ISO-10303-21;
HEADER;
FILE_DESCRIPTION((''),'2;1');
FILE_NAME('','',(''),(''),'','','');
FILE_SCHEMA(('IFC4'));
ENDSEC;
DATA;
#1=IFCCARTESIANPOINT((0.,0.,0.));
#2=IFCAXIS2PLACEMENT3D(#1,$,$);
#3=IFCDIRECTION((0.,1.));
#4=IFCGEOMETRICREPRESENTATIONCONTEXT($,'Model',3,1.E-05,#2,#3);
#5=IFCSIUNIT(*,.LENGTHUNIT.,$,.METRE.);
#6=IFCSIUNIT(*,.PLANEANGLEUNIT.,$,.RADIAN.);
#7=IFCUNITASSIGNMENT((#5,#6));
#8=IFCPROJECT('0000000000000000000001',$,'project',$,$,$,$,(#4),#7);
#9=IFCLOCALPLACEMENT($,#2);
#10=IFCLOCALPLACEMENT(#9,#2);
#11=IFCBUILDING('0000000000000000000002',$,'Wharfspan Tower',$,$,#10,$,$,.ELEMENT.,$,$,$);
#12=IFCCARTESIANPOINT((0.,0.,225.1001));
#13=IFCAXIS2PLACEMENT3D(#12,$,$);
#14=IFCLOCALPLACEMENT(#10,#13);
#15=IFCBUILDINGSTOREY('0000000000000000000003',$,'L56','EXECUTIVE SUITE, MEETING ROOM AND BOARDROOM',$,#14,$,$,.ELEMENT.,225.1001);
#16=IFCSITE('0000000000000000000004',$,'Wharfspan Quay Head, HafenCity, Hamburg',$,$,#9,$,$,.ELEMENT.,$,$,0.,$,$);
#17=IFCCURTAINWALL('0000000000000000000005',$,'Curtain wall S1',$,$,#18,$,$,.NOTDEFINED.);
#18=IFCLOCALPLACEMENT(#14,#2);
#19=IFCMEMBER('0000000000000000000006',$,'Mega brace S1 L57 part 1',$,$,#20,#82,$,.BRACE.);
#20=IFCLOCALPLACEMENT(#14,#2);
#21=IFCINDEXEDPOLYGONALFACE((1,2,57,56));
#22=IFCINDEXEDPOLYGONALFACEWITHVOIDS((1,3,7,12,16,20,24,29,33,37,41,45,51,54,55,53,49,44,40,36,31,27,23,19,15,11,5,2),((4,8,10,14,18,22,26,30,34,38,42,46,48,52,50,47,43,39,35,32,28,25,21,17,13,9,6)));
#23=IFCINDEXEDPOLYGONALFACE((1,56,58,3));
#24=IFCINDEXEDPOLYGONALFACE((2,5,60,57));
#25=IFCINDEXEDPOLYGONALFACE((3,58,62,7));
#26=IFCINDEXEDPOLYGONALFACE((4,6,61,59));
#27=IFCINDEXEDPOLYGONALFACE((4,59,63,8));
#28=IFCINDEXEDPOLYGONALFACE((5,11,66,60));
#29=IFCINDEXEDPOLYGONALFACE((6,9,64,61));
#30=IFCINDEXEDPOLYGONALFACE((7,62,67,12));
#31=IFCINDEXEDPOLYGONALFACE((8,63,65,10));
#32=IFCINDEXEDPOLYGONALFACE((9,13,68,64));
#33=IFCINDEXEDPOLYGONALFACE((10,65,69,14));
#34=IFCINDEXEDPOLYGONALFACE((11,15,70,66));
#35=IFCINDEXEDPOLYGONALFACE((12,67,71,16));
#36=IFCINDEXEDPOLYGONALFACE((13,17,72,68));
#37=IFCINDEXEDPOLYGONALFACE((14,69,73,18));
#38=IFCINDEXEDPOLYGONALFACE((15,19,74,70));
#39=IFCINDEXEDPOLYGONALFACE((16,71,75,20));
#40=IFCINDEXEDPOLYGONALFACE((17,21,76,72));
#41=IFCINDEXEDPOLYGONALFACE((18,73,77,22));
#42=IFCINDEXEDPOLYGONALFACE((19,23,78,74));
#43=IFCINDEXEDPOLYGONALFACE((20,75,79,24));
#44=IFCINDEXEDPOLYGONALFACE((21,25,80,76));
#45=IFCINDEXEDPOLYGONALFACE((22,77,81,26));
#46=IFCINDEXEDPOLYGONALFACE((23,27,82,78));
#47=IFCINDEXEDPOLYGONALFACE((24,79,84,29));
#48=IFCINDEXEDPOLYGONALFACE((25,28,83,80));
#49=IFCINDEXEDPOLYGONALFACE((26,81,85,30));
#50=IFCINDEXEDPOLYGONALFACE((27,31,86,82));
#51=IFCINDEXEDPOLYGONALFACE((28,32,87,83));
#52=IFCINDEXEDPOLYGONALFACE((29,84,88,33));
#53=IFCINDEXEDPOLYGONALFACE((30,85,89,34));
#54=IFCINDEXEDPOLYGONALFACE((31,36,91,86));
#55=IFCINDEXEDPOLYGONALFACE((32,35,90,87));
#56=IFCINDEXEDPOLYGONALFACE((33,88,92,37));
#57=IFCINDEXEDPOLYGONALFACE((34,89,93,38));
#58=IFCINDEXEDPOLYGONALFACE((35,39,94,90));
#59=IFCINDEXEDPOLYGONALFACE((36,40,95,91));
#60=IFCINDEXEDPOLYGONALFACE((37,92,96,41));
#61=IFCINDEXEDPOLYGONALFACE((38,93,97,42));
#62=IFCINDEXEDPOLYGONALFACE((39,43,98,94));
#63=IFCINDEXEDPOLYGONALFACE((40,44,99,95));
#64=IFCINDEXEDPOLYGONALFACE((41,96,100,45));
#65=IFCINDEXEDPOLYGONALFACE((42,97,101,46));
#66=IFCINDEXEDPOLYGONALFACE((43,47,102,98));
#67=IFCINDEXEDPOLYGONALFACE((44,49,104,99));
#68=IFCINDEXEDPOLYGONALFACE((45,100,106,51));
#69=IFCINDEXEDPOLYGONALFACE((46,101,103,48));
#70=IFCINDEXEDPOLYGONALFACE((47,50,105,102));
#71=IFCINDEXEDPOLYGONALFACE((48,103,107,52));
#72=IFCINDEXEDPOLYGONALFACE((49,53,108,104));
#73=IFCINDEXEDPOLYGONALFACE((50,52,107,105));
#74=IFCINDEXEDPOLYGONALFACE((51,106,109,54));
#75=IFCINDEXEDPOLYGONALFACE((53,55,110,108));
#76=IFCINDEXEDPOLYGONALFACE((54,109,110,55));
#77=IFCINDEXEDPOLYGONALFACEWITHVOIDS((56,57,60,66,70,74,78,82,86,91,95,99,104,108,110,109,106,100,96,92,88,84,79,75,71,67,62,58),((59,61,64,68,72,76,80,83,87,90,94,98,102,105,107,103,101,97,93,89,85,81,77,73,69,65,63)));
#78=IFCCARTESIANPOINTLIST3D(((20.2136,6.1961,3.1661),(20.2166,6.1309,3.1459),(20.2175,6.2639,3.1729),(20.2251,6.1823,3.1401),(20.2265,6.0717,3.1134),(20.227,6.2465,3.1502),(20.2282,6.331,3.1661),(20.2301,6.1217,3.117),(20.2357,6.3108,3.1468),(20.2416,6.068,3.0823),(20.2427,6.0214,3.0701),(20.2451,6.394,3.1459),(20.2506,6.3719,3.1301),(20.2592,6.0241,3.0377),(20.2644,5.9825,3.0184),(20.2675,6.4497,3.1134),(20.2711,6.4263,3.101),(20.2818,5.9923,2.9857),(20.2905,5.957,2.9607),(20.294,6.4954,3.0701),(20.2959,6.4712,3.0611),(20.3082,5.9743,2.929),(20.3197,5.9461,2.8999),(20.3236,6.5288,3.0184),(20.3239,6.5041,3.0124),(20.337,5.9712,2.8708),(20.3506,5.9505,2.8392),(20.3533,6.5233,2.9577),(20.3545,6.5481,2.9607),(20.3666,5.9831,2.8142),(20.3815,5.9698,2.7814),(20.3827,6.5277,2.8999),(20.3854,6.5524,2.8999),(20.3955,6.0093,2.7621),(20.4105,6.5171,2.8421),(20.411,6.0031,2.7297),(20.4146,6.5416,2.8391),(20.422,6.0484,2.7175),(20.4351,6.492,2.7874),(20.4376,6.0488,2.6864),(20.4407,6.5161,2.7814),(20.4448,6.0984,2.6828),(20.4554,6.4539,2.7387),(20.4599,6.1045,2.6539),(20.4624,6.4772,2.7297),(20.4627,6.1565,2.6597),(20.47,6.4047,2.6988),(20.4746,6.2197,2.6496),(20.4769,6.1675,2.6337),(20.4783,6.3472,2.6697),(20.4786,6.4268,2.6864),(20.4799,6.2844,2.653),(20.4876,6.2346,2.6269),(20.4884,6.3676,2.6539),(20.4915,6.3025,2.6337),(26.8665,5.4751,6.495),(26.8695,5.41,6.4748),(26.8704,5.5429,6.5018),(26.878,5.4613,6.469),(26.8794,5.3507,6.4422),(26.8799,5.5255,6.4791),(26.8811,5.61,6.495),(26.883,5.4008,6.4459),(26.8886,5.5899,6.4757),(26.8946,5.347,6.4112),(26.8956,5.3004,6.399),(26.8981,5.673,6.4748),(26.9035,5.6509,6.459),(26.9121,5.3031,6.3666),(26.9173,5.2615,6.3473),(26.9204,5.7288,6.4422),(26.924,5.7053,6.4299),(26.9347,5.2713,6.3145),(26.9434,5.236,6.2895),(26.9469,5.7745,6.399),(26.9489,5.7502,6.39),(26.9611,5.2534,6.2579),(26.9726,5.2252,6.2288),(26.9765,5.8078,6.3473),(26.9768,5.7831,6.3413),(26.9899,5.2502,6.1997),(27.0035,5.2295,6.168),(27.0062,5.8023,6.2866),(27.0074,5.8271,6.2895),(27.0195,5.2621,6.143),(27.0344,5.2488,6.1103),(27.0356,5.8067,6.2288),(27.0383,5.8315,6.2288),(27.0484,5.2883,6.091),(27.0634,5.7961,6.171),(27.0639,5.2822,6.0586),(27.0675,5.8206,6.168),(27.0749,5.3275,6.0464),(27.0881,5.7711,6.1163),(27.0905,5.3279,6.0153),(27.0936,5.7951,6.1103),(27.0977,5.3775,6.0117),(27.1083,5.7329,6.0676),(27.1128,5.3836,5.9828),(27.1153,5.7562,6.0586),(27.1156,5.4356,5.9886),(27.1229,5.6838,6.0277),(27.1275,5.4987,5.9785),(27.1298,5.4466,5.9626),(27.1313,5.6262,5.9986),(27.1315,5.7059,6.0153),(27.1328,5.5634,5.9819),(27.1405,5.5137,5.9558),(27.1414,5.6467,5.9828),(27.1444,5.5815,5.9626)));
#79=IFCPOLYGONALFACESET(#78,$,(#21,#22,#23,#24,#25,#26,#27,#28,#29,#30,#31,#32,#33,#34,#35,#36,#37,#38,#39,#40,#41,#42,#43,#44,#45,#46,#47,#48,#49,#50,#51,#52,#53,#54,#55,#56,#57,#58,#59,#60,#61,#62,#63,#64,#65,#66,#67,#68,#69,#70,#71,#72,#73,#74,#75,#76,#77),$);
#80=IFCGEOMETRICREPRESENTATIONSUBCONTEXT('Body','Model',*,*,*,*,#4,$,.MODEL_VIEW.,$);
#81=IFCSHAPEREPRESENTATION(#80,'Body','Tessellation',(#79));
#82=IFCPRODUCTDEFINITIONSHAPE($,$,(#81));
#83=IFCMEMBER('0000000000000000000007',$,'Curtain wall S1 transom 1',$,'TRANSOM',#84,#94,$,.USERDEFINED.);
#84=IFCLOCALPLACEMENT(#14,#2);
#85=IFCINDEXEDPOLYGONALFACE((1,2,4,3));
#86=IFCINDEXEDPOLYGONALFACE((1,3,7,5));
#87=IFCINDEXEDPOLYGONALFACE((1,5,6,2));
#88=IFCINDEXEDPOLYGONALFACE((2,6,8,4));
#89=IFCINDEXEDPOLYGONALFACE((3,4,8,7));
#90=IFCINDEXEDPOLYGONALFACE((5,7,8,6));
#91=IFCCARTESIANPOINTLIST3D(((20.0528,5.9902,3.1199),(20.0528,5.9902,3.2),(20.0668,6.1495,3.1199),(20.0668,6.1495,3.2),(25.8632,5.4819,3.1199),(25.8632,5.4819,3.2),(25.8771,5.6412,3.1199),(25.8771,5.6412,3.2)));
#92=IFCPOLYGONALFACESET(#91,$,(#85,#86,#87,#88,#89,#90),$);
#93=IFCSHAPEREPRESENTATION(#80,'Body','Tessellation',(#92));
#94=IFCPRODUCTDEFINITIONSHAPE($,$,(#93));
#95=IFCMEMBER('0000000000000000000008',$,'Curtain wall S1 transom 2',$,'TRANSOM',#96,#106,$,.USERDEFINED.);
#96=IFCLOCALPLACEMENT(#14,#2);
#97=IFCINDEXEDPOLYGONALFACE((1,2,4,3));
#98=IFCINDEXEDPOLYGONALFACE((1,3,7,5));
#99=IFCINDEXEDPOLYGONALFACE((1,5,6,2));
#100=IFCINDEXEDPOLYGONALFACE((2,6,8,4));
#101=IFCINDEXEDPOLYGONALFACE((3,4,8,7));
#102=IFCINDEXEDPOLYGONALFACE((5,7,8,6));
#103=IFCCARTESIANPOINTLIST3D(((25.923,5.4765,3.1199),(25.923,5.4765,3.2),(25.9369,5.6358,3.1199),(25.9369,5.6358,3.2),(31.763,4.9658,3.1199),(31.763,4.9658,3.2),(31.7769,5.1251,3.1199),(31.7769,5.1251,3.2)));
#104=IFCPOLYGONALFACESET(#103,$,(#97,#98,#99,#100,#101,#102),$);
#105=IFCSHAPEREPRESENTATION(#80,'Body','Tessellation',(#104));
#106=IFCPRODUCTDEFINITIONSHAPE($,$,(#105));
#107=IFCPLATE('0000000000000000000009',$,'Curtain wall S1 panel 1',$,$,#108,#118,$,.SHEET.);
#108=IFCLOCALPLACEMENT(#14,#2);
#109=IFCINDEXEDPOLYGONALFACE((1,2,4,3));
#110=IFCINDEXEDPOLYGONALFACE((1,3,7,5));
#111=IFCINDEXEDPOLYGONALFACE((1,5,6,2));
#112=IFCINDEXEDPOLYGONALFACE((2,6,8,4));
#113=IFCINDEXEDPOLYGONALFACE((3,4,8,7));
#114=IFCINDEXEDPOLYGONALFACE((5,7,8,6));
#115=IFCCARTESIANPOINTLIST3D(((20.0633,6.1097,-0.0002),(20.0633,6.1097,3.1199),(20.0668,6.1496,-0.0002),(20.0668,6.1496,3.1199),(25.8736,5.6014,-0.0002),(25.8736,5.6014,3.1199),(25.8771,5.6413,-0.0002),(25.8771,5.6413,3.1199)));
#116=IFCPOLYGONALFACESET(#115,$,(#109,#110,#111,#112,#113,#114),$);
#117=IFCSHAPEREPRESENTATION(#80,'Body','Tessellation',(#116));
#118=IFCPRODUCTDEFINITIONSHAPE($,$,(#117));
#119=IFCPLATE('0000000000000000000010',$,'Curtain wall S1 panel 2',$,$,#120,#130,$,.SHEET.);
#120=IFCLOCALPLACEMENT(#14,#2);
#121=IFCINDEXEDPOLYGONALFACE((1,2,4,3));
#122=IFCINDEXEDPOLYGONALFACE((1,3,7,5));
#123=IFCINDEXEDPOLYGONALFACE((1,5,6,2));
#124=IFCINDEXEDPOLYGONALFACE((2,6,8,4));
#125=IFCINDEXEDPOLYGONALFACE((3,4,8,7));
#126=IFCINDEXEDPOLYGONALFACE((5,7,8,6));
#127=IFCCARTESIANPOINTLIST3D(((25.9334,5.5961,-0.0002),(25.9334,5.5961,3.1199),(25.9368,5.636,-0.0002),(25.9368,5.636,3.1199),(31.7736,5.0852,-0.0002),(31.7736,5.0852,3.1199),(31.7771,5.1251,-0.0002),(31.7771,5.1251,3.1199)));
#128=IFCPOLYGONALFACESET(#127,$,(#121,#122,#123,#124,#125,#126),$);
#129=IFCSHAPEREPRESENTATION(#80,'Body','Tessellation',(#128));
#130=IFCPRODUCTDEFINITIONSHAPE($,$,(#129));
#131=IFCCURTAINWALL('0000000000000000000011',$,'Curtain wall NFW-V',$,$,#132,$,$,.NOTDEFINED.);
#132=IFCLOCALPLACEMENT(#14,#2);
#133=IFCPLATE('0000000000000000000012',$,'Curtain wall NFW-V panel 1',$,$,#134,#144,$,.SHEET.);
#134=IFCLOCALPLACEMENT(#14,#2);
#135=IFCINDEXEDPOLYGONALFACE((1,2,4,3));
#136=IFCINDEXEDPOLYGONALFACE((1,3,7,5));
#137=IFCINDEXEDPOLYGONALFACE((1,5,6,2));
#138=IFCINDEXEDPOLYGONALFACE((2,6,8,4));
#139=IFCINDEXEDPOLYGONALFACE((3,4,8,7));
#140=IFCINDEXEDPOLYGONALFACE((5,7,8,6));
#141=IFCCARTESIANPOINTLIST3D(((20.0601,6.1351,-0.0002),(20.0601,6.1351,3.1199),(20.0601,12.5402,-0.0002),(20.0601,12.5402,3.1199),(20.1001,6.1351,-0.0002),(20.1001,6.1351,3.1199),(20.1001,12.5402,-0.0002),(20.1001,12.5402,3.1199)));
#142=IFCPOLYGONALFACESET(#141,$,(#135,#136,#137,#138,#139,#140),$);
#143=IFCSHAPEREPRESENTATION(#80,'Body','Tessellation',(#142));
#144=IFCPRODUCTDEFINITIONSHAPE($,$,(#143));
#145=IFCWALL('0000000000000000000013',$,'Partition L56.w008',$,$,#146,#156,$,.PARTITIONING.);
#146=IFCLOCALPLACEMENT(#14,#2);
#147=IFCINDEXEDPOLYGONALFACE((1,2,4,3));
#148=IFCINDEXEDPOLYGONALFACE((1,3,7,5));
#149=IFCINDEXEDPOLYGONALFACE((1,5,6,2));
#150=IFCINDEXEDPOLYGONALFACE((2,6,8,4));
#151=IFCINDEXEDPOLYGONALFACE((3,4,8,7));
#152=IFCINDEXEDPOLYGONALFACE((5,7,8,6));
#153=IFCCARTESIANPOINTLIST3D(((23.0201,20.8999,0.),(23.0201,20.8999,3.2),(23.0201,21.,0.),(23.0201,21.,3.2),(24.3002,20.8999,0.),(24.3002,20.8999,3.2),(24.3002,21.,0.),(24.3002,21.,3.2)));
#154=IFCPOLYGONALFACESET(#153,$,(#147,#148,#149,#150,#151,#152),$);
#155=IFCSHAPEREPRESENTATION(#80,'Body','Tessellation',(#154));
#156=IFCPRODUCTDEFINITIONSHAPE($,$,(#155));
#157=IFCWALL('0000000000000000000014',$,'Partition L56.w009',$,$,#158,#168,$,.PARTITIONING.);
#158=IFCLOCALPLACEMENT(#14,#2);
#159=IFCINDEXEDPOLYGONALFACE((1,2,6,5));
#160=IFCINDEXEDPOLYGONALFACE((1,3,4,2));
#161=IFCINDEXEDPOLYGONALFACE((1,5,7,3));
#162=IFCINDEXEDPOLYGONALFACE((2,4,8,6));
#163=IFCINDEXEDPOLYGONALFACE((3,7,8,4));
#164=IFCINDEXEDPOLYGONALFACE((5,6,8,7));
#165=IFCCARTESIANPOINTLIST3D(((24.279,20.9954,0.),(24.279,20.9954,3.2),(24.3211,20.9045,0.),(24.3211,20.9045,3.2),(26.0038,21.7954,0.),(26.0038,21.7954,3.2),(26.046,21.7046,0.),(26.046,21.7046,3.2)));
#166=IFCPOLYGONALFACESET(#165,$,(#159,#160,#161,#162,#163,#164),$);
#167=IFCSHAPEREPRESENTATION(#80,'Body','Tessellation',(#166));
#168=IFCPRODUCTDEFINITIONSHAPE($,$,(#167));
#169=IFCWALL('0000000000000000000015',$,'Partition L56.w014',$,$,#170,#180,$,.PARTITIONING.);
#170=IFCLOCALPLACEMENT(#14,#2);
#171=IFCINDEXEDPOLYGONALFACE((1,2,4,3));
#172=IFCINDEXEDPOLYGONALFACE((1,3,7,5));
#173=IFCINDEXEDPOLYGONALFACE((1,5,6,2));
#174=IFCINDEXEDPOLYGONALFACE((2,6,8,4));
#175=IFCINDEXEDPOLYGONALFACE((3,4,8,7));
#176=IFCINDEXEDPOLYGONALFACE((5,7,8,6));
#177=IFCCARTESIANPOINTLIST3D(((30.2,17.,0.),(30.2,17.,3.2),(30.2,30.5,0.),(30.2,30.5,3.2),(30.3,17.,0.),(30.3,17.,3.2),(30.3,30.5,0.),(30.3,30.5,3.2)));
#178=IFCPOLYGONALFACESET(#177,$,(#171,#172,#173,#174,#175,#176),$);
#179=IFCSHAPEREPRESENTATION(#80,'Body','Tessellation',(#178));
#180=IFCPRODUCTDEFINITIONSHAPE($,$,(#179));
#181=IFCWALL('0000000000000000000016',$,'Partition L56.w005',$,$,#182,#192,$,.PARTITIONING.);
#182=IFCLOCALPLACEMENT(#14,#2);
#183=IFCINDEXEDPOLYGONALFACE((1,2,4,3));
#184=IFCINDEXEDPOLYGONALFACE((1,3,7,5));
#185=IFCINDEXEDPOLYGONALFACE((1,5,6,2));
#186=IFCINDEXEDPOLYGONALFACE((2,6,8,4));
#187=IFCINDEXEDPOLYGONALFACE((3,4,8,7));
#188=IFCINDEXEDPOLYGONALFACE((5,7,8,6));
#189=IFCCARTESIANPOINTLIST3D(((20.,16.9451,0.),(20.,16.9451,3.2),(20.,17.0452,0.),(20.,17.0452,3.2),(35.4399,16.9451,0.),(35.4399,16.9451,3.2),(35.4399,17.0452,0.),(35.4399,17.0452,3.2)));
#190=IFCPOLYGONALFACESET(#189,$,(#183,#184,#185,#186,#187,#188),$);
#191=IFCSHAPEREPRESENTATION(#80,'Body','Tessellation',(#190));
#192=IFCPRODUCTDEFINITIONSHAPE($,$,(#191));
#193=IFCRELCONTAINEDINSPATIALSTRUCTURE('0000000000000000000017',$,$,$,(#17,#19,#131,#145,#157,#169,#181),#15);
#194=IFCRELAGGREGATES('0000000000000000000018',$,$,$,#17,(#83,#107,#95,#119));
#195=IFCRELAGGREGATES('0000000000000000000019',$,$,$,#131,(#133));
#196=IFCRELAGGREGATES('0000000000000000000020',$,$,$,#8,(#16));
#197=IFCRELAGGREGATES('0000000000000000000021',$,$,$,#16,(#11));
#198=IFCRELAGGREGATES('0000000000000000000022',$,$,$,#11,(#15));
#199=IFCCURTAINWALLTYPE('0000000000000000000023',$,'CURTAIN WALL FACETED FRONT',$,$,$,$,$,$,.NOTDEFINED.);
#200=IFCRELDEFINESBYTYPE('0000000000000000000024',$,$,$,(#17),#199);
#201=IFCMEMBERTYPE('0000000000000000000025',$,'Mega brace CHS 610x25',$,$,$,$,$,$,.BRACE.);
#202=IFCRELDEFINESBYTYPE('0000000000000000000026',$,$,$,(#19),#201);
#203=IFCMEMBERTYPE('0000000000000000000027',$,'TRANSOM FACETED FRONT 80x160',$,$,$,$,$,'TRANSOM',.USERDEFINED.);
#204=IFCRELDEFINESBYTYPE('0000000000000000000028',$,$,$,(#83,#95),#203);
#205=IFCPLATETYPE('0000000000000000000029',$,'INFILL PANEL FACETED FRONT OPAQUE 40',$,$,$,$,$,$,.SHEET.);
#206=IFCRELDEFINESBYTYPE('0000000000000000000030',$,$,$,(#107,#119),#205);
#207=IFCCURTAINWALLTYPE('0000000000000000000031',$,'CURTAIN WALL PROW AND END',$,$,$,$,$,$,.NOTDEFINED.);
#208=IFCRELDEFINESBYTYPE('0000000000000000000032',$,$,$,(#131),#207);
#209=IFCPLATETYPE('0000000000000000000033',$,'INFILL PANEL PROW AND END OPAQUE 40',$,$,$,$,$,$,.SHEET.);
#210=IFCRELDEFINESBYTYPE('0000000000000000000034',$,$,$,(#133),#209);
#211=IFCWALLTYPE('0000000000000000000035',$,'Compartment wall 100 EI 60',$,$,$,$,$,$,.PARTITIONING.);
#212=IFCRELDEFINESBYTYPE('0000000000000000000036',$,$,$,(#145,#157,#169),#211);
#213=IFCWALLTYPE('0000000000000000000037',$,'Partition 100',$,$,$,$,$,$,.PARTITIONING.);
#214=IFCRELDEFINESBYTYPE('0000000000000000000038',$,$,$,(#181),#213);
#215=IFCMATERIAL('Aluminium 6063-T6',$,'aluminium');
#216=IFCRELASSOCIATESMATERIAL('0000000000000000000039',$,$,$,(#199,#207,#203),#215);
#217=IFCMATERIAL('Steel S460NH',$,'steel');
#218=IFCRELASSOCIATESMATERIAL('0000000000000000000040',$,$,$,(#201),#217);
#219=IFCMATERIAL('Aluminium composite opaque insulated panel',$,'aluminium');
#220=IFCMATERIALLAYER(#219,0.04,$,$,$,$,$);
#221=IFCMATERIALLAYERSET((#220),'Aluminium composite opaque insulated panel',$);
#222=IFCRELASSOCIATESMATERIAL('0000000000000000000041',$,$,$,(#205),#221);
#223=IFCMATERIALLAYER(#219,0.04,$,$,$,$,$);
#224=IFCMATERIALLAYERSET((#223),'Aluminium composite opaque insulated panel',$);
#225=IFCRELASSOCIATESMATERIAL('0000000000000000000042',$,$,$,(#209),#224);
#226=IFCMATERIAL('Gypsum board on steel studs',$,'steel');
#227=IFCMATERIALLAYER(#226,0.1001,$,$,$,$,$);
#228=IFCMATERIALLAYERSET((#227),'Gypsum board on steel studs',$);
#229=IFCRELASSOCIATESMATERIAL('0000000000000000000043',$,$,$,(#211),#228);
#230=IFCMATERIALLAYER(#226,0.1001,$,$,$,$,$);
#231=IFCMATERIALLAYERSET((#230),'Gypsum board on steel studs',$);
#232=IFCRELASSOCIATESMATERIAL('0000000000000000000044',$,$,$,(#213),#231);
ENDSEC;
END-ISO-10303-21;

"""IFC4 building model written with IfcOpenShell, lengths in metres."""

from ifc_helpers import new_model, si_unit, direction, frame, frame_2d, origin, origin_2d, place, context, subcontext, project, spatial, rectangle, hollow_circle, extrude, material, layer, layer_set, material_profile, profile_set, type_object, element, aggregate, save


model = new_model("IFC4")

# Units and contexts
model_context = context("Model", 3, precision=1e-05, world=origin(), true_north=direction((0.0, 1.0)))
body_context = subcontext(model_context, "Body", "Model", "MODEL_VIEW")
ifc_project = project(units=[si_unit("LENGTHUNIT", "METRE"), si_unit("PLANEANGLEUNIT", "RADIAN")], contexts=[model_context])

# Site, building, storey
site_placement = place(None, origin())
site = spatial("IfcSite", under=ifc_project, at=site_placement, Name="Wharfspan Quay Head, HafenCity, Hamburg", CompositionType="ELEMENT", RefElevation=0.0)
building_placement = place(site_placement, origin())
building = spatial("IfcBuilding", under=site, at=building_placement, Name="Wharfspan Tower", CompositionType="ELEMENT")
storey_placement = place(building_placement, frame((0.0, 0.0, 225.1001)))
storey = spatial("IfcBuildingStorey", under=building, at=storey_placement, Name="L56", Description="EXECUTIVE SUITE, MEETING ROOM AND BOARDROOM", CompositionType="ELEMENT", Elevation=225.1001)

# Curtain wall
ifc_material_1 = material(Name="Aluminium 6063-T6", Category="aluminium")
curtain_wall_type_1 = type_object("IfcCurtainWallType", Name="CURTAIN WALL FACETED FRONT", PredefinedType="NOTDEFINED", material=ifc_material_1)
curtain_wall_1_placement = place(storey_placement, origin())
curtain_wall_1 = element("IfcCurtainWall", 1, at=curtain_wall_1_placement, inside=storey, type_object=curtain_wall_type_1, Name="Curtain wall S1", PredefinedType="NOTDEFINED")

# Members
ifc_material_2 = material(Name="Steel S460NH", Category="steel")
ifc_material_profile_1 = material_profile(ifc_material_2, hollow_circle(Radius=0.3049, WallThickness=0.0249, at=origin_2d()))
ifc_profile_set_1 = profile_set([ifc_material_profile_1], Name="Steel S460NH")
member_type_1 = type_object("IfcMemberType", Name="Mega brace CHS 610x25", PredefinedType="BRACE", material=ifc_profile_set_1)
member_1_placement = place(storey_placement, frame((20.3525, 6.2493, 2.8999), z_axis=(0.890126, -0.09646, 0.445389), x_axis=(0.107737, 0.99418, -0.000002)))
element("IfcMember", 2, at=member_1_placement, inside=storey, type_object=member_type_1, Name="Mega brace S1 L57 part 1", PredefinedType="BRACE", context=body_context, shape_type="SweptSolid", body=[
    extrude(hollow_circle(Radius=0.3049, WallThickness=0.0249, at=origin_2d()), origin(), (0.0, 0.0, 1.0), 7.4741),
])
ifc_material_profile_2 = material_profile(ifc_material_1, rectangle(XDim=0.1599, YDim=0.0801, at=origin_2d()))
ifc_profile_set_2 = profile_set([ifc_material_profile_2], Name="Aluminium 6063-T6")
member_type_2 = type_object("IfcMemberType", Name="TRANSOM FACETED FRONT 80x160", ElementType="TRANSOM", PredefinedType="USERDEFINED", material=ifc_profile_set_2)
member_2_placement = place(storey_placement, frame((20.0598, 6.0698, 3.1599), z_axis=(0.996195, -0.08715, 0.0), x_axis=(0.08715, 0.996195, 0.0)))
member_2 = element("IfcMember", 3, at=member_2_placement, type_object=member_type_2, Name="Curtain wall S1 transom 1", ObjectType="TRANSOM", PredefinedType="USERDEFINED", context=body_context, shape_type="SweptSolid", body=[
    extrude(rectangle(XDim=0.1599, YDim=0.0801, at=origin_2d()), origin(), (0.0, 0.0, 1.0), 5.8325),
])
member_3_placement = place(storey_placement, frame((25.9299, 5.5562, 3.1599), z_axis=(0.996198, -0.087122, 0.0), x_axis=(0.087122, 0.996198, 0.0)))
member_3 = element("IfcMember", 4, at=member_3_placement, type_object=member_type_2, Name="Curtain wall S1 transom 2", ObjectType="TRANSOM", PredefinedType="USERDEFINED", context=body_context, shape_type="SweptSolid", body=[
    extrude(rectangle(XDim=0.1599, YDim=0.0801, at=origin_2d()), origin(), (0.0, 0.0, 1.0), 5.8623),
])

# Plates
ifc_material_3 = material(Name="Aluminium composite opaque insulated panel", Category="aluminium")
ifc_layer_1 = layer(ifc_material_3, 0.04)
ifc_layer_set_1 = layer_set([ifc_layer_1], Name="Aluminium composite opaque insulated panel")
plate_type_1 = type_object("IfcPlateType", Name="INFILL PANEL FACETED FRONT OPAQUE 40", PredefinedType="SHEET", material=ifc_layer_set_1)
plate_1_placement = place(storey_placement, frame((22.9702, 5.8755, -0.0002), z_axis=(0.0, 0.0, 1.0), x_axis=(0.996197, -0.087156, 0.0)))
plate_1 = element("IfcPlate", 5, at=plate_1_placement, type_object=plate_type_1, Name="Curtain wall S1 panel 1", PredefinedType="SHEET", context=body_context, shape_type="SweptSolid", body=[
    extrude(rectangle(XDim=5.8325, YDim=0.04, at=origin_2d()), origin(), (0.0, 0.0, 1.0), 3.1201),
])
plate_2_placement = place(storey_placement, frame((28.8552, 5.3606, -0.0002), z_axis=(0.0, 0.0, 1.0), x_axis=(0.996197, -0.087156, 0.0)))
plate_2 = element("IfcPlate", 6, at=plate_2_placement, type_object=plate_type_1, Name="Curtain wall S1 panel 2", PredefinedType="SHEET", context=body_context, shape_type="SweptSolid", body=[
    extrude(rectangle(XDim=5.8625, YDim=0.04, at=origin_2d()), origin(), (0.0, 0.0, 1.0), 3.1201),
])
aggregate(curtain_wall_1, [member_2, plate_1, member_3, plate_2])

# Curtain wall, plate
curtain_wall_type_2 = type_object("IfcCurtainWallType", Name="CURTAIN WALL PROW AND END", PredefinedType="NOTDEFINED", material=ifc_material_1)
curtain_wall_2_placement = place(storey_placement, origin())
curtain_wall_2 = element("IfcCurtainWall", 7, at=curtain_wall_2_placement, inside=storey, type_object=curtain_wall_type_2, Name="Curtain wall NFW-V", PredefinedType="NOTDEFINED")
ifc_layer_2 = layer(ifc_material_3, 0.04)
ifc_layer_set_2 = layer_set([ifc_layer_2], Name="Aluminium composite opaque insulated panel")
plate_type_2 = type_object("IfcPlateType", Name="INFILL PANEL PROW AND END OPAQUE 40", PredefinedType="SHEET", material=ifc_layer_set_2)
plate_3_placement = place(storey_placement, frame((20.0801, 9.3376, -0.0002), z_axis=(0.0, 0.0, 1.0), x_axis=(0.0, -1.0, 0.0)))
plate_3 = element("IfcPlate", 8, at=plate_3_placement, type_object=plate_type_2, Name="Curtain wall NFW-V panel 1", PredefinedType="SHEET", context=body_context, shape_type="SweptSolid", body=[
    extrude(rectangle(XDim=6.405, YDim=0.04, at=origin_2d()), origin(), (0.0, 0.0, 1.0), 3.1201),
])
aggregate(curtain_wall_2, [plate_3])

# Walls
ifc_material_4 = material(Name="Gypsum board on steel studs", Category="steel")
ifc_layer_3 = layer(ifc_material_4, 0.1001)
ifc_layer_set_3 = layer_set([ifc_layer_3], Name="Gypsum board on steel studs")
wall_type_1 = type_object("IfcWallType", Name="Compartment wall 100 EI 60", PredefinedType="PARTITIONING", material=ifc_layer_set_3)
wall_1_placement = place(storey_placement, frame((23.02, 20.95, 0.0), z_axis=(0.0, 0.0, 1.0), x_axis=(1.0, 0.0, 0.0)))
element("IfcWall", 9, at=wall_1_placement, inside=storey, type_object=wall_type_1, Name="Partition L56.w008", PredefinedType="PARTITIONING", context=body_context, shape_type="SweptSolid", body=[
    extrude(rectangle(XDim=1.28, YDim=0.1001, at=frame_2d((0.6401, 0.0))), origin(), (0.0, 0.0, 1.0), 3.2),
])
wall_2_placement = place(storey_placement, frame((24.3, 20.95, 0.0), z_axis=(0.0, 0.0, 1.0), x_axis=(0.907168, 0.420777, 0.0)))
element("IfcWall", 10, at=wall_2_placement, inside=storey, type_object=wall_type_1, Name="Partition L56.w009", PredefinedType="PARTITIONING", context=body_context, shape_type="SweptSolid", body=[
    extrude(rectangle(XDim=1.9014, YDim=0.1001, at=frame_2d((0.9507, 0.0))), origin(), (0.0, 0.0, 1.0), 3.2),
])
wall_3_placement = place(storey_placement, frame((30.25, 17.0, 0.0), z_axis=(0.0, 0.0, 1.0), x_axis=(0.0, 1.0, 0.0)))
element("IfcWall", 11, at=wall_3_placement, inside=storey, type_object=wall_type_1, Name="Partition L56.w014", PredefinedType="PARTITIONING", context=body_context, shape_type="SweptSolid", body=[
    extrude(rectangle(XDim=13.5, YDim=0.1001, at=frame_2d((6.75, 0.0))), origin(), (0.0, 0.0, 1.0), 3.2),
])
ifc_layer_4 = layer(ifc_material_4, 0.1001)
ifc_layer_set_4 = layer_set([ifc_layer_4], Name="Gypsum board on steel studs")
wall_type_2 = type_object("IfcWallType", Name="Partition 100", PredefinedType="PARTITIONING", material=ifc_layer_set_4)
wall_4_placement = place(storey_placement, frame((20.0, 16.9951, 0.0), z_axis=(0.0, 0.0, 1.0), x_axis=(1.0, 0.0, 0.0)))
element("IfcWall", 12, at=wall_4_placement, inside=storey, type_object=wall_type_2, Name="Partition L56.w005", PredefinedType="PARTITIONING", context=body_context, shape_type="SweptSolid", body=[
    extrude(rectangle(XDim=15.4399, YDim=0.1001, at=frame_2d((7.72, 0.0))), origin(), (0.0, 0.0, 1.0), 3.2),
])

save(model, "model.ifc")
